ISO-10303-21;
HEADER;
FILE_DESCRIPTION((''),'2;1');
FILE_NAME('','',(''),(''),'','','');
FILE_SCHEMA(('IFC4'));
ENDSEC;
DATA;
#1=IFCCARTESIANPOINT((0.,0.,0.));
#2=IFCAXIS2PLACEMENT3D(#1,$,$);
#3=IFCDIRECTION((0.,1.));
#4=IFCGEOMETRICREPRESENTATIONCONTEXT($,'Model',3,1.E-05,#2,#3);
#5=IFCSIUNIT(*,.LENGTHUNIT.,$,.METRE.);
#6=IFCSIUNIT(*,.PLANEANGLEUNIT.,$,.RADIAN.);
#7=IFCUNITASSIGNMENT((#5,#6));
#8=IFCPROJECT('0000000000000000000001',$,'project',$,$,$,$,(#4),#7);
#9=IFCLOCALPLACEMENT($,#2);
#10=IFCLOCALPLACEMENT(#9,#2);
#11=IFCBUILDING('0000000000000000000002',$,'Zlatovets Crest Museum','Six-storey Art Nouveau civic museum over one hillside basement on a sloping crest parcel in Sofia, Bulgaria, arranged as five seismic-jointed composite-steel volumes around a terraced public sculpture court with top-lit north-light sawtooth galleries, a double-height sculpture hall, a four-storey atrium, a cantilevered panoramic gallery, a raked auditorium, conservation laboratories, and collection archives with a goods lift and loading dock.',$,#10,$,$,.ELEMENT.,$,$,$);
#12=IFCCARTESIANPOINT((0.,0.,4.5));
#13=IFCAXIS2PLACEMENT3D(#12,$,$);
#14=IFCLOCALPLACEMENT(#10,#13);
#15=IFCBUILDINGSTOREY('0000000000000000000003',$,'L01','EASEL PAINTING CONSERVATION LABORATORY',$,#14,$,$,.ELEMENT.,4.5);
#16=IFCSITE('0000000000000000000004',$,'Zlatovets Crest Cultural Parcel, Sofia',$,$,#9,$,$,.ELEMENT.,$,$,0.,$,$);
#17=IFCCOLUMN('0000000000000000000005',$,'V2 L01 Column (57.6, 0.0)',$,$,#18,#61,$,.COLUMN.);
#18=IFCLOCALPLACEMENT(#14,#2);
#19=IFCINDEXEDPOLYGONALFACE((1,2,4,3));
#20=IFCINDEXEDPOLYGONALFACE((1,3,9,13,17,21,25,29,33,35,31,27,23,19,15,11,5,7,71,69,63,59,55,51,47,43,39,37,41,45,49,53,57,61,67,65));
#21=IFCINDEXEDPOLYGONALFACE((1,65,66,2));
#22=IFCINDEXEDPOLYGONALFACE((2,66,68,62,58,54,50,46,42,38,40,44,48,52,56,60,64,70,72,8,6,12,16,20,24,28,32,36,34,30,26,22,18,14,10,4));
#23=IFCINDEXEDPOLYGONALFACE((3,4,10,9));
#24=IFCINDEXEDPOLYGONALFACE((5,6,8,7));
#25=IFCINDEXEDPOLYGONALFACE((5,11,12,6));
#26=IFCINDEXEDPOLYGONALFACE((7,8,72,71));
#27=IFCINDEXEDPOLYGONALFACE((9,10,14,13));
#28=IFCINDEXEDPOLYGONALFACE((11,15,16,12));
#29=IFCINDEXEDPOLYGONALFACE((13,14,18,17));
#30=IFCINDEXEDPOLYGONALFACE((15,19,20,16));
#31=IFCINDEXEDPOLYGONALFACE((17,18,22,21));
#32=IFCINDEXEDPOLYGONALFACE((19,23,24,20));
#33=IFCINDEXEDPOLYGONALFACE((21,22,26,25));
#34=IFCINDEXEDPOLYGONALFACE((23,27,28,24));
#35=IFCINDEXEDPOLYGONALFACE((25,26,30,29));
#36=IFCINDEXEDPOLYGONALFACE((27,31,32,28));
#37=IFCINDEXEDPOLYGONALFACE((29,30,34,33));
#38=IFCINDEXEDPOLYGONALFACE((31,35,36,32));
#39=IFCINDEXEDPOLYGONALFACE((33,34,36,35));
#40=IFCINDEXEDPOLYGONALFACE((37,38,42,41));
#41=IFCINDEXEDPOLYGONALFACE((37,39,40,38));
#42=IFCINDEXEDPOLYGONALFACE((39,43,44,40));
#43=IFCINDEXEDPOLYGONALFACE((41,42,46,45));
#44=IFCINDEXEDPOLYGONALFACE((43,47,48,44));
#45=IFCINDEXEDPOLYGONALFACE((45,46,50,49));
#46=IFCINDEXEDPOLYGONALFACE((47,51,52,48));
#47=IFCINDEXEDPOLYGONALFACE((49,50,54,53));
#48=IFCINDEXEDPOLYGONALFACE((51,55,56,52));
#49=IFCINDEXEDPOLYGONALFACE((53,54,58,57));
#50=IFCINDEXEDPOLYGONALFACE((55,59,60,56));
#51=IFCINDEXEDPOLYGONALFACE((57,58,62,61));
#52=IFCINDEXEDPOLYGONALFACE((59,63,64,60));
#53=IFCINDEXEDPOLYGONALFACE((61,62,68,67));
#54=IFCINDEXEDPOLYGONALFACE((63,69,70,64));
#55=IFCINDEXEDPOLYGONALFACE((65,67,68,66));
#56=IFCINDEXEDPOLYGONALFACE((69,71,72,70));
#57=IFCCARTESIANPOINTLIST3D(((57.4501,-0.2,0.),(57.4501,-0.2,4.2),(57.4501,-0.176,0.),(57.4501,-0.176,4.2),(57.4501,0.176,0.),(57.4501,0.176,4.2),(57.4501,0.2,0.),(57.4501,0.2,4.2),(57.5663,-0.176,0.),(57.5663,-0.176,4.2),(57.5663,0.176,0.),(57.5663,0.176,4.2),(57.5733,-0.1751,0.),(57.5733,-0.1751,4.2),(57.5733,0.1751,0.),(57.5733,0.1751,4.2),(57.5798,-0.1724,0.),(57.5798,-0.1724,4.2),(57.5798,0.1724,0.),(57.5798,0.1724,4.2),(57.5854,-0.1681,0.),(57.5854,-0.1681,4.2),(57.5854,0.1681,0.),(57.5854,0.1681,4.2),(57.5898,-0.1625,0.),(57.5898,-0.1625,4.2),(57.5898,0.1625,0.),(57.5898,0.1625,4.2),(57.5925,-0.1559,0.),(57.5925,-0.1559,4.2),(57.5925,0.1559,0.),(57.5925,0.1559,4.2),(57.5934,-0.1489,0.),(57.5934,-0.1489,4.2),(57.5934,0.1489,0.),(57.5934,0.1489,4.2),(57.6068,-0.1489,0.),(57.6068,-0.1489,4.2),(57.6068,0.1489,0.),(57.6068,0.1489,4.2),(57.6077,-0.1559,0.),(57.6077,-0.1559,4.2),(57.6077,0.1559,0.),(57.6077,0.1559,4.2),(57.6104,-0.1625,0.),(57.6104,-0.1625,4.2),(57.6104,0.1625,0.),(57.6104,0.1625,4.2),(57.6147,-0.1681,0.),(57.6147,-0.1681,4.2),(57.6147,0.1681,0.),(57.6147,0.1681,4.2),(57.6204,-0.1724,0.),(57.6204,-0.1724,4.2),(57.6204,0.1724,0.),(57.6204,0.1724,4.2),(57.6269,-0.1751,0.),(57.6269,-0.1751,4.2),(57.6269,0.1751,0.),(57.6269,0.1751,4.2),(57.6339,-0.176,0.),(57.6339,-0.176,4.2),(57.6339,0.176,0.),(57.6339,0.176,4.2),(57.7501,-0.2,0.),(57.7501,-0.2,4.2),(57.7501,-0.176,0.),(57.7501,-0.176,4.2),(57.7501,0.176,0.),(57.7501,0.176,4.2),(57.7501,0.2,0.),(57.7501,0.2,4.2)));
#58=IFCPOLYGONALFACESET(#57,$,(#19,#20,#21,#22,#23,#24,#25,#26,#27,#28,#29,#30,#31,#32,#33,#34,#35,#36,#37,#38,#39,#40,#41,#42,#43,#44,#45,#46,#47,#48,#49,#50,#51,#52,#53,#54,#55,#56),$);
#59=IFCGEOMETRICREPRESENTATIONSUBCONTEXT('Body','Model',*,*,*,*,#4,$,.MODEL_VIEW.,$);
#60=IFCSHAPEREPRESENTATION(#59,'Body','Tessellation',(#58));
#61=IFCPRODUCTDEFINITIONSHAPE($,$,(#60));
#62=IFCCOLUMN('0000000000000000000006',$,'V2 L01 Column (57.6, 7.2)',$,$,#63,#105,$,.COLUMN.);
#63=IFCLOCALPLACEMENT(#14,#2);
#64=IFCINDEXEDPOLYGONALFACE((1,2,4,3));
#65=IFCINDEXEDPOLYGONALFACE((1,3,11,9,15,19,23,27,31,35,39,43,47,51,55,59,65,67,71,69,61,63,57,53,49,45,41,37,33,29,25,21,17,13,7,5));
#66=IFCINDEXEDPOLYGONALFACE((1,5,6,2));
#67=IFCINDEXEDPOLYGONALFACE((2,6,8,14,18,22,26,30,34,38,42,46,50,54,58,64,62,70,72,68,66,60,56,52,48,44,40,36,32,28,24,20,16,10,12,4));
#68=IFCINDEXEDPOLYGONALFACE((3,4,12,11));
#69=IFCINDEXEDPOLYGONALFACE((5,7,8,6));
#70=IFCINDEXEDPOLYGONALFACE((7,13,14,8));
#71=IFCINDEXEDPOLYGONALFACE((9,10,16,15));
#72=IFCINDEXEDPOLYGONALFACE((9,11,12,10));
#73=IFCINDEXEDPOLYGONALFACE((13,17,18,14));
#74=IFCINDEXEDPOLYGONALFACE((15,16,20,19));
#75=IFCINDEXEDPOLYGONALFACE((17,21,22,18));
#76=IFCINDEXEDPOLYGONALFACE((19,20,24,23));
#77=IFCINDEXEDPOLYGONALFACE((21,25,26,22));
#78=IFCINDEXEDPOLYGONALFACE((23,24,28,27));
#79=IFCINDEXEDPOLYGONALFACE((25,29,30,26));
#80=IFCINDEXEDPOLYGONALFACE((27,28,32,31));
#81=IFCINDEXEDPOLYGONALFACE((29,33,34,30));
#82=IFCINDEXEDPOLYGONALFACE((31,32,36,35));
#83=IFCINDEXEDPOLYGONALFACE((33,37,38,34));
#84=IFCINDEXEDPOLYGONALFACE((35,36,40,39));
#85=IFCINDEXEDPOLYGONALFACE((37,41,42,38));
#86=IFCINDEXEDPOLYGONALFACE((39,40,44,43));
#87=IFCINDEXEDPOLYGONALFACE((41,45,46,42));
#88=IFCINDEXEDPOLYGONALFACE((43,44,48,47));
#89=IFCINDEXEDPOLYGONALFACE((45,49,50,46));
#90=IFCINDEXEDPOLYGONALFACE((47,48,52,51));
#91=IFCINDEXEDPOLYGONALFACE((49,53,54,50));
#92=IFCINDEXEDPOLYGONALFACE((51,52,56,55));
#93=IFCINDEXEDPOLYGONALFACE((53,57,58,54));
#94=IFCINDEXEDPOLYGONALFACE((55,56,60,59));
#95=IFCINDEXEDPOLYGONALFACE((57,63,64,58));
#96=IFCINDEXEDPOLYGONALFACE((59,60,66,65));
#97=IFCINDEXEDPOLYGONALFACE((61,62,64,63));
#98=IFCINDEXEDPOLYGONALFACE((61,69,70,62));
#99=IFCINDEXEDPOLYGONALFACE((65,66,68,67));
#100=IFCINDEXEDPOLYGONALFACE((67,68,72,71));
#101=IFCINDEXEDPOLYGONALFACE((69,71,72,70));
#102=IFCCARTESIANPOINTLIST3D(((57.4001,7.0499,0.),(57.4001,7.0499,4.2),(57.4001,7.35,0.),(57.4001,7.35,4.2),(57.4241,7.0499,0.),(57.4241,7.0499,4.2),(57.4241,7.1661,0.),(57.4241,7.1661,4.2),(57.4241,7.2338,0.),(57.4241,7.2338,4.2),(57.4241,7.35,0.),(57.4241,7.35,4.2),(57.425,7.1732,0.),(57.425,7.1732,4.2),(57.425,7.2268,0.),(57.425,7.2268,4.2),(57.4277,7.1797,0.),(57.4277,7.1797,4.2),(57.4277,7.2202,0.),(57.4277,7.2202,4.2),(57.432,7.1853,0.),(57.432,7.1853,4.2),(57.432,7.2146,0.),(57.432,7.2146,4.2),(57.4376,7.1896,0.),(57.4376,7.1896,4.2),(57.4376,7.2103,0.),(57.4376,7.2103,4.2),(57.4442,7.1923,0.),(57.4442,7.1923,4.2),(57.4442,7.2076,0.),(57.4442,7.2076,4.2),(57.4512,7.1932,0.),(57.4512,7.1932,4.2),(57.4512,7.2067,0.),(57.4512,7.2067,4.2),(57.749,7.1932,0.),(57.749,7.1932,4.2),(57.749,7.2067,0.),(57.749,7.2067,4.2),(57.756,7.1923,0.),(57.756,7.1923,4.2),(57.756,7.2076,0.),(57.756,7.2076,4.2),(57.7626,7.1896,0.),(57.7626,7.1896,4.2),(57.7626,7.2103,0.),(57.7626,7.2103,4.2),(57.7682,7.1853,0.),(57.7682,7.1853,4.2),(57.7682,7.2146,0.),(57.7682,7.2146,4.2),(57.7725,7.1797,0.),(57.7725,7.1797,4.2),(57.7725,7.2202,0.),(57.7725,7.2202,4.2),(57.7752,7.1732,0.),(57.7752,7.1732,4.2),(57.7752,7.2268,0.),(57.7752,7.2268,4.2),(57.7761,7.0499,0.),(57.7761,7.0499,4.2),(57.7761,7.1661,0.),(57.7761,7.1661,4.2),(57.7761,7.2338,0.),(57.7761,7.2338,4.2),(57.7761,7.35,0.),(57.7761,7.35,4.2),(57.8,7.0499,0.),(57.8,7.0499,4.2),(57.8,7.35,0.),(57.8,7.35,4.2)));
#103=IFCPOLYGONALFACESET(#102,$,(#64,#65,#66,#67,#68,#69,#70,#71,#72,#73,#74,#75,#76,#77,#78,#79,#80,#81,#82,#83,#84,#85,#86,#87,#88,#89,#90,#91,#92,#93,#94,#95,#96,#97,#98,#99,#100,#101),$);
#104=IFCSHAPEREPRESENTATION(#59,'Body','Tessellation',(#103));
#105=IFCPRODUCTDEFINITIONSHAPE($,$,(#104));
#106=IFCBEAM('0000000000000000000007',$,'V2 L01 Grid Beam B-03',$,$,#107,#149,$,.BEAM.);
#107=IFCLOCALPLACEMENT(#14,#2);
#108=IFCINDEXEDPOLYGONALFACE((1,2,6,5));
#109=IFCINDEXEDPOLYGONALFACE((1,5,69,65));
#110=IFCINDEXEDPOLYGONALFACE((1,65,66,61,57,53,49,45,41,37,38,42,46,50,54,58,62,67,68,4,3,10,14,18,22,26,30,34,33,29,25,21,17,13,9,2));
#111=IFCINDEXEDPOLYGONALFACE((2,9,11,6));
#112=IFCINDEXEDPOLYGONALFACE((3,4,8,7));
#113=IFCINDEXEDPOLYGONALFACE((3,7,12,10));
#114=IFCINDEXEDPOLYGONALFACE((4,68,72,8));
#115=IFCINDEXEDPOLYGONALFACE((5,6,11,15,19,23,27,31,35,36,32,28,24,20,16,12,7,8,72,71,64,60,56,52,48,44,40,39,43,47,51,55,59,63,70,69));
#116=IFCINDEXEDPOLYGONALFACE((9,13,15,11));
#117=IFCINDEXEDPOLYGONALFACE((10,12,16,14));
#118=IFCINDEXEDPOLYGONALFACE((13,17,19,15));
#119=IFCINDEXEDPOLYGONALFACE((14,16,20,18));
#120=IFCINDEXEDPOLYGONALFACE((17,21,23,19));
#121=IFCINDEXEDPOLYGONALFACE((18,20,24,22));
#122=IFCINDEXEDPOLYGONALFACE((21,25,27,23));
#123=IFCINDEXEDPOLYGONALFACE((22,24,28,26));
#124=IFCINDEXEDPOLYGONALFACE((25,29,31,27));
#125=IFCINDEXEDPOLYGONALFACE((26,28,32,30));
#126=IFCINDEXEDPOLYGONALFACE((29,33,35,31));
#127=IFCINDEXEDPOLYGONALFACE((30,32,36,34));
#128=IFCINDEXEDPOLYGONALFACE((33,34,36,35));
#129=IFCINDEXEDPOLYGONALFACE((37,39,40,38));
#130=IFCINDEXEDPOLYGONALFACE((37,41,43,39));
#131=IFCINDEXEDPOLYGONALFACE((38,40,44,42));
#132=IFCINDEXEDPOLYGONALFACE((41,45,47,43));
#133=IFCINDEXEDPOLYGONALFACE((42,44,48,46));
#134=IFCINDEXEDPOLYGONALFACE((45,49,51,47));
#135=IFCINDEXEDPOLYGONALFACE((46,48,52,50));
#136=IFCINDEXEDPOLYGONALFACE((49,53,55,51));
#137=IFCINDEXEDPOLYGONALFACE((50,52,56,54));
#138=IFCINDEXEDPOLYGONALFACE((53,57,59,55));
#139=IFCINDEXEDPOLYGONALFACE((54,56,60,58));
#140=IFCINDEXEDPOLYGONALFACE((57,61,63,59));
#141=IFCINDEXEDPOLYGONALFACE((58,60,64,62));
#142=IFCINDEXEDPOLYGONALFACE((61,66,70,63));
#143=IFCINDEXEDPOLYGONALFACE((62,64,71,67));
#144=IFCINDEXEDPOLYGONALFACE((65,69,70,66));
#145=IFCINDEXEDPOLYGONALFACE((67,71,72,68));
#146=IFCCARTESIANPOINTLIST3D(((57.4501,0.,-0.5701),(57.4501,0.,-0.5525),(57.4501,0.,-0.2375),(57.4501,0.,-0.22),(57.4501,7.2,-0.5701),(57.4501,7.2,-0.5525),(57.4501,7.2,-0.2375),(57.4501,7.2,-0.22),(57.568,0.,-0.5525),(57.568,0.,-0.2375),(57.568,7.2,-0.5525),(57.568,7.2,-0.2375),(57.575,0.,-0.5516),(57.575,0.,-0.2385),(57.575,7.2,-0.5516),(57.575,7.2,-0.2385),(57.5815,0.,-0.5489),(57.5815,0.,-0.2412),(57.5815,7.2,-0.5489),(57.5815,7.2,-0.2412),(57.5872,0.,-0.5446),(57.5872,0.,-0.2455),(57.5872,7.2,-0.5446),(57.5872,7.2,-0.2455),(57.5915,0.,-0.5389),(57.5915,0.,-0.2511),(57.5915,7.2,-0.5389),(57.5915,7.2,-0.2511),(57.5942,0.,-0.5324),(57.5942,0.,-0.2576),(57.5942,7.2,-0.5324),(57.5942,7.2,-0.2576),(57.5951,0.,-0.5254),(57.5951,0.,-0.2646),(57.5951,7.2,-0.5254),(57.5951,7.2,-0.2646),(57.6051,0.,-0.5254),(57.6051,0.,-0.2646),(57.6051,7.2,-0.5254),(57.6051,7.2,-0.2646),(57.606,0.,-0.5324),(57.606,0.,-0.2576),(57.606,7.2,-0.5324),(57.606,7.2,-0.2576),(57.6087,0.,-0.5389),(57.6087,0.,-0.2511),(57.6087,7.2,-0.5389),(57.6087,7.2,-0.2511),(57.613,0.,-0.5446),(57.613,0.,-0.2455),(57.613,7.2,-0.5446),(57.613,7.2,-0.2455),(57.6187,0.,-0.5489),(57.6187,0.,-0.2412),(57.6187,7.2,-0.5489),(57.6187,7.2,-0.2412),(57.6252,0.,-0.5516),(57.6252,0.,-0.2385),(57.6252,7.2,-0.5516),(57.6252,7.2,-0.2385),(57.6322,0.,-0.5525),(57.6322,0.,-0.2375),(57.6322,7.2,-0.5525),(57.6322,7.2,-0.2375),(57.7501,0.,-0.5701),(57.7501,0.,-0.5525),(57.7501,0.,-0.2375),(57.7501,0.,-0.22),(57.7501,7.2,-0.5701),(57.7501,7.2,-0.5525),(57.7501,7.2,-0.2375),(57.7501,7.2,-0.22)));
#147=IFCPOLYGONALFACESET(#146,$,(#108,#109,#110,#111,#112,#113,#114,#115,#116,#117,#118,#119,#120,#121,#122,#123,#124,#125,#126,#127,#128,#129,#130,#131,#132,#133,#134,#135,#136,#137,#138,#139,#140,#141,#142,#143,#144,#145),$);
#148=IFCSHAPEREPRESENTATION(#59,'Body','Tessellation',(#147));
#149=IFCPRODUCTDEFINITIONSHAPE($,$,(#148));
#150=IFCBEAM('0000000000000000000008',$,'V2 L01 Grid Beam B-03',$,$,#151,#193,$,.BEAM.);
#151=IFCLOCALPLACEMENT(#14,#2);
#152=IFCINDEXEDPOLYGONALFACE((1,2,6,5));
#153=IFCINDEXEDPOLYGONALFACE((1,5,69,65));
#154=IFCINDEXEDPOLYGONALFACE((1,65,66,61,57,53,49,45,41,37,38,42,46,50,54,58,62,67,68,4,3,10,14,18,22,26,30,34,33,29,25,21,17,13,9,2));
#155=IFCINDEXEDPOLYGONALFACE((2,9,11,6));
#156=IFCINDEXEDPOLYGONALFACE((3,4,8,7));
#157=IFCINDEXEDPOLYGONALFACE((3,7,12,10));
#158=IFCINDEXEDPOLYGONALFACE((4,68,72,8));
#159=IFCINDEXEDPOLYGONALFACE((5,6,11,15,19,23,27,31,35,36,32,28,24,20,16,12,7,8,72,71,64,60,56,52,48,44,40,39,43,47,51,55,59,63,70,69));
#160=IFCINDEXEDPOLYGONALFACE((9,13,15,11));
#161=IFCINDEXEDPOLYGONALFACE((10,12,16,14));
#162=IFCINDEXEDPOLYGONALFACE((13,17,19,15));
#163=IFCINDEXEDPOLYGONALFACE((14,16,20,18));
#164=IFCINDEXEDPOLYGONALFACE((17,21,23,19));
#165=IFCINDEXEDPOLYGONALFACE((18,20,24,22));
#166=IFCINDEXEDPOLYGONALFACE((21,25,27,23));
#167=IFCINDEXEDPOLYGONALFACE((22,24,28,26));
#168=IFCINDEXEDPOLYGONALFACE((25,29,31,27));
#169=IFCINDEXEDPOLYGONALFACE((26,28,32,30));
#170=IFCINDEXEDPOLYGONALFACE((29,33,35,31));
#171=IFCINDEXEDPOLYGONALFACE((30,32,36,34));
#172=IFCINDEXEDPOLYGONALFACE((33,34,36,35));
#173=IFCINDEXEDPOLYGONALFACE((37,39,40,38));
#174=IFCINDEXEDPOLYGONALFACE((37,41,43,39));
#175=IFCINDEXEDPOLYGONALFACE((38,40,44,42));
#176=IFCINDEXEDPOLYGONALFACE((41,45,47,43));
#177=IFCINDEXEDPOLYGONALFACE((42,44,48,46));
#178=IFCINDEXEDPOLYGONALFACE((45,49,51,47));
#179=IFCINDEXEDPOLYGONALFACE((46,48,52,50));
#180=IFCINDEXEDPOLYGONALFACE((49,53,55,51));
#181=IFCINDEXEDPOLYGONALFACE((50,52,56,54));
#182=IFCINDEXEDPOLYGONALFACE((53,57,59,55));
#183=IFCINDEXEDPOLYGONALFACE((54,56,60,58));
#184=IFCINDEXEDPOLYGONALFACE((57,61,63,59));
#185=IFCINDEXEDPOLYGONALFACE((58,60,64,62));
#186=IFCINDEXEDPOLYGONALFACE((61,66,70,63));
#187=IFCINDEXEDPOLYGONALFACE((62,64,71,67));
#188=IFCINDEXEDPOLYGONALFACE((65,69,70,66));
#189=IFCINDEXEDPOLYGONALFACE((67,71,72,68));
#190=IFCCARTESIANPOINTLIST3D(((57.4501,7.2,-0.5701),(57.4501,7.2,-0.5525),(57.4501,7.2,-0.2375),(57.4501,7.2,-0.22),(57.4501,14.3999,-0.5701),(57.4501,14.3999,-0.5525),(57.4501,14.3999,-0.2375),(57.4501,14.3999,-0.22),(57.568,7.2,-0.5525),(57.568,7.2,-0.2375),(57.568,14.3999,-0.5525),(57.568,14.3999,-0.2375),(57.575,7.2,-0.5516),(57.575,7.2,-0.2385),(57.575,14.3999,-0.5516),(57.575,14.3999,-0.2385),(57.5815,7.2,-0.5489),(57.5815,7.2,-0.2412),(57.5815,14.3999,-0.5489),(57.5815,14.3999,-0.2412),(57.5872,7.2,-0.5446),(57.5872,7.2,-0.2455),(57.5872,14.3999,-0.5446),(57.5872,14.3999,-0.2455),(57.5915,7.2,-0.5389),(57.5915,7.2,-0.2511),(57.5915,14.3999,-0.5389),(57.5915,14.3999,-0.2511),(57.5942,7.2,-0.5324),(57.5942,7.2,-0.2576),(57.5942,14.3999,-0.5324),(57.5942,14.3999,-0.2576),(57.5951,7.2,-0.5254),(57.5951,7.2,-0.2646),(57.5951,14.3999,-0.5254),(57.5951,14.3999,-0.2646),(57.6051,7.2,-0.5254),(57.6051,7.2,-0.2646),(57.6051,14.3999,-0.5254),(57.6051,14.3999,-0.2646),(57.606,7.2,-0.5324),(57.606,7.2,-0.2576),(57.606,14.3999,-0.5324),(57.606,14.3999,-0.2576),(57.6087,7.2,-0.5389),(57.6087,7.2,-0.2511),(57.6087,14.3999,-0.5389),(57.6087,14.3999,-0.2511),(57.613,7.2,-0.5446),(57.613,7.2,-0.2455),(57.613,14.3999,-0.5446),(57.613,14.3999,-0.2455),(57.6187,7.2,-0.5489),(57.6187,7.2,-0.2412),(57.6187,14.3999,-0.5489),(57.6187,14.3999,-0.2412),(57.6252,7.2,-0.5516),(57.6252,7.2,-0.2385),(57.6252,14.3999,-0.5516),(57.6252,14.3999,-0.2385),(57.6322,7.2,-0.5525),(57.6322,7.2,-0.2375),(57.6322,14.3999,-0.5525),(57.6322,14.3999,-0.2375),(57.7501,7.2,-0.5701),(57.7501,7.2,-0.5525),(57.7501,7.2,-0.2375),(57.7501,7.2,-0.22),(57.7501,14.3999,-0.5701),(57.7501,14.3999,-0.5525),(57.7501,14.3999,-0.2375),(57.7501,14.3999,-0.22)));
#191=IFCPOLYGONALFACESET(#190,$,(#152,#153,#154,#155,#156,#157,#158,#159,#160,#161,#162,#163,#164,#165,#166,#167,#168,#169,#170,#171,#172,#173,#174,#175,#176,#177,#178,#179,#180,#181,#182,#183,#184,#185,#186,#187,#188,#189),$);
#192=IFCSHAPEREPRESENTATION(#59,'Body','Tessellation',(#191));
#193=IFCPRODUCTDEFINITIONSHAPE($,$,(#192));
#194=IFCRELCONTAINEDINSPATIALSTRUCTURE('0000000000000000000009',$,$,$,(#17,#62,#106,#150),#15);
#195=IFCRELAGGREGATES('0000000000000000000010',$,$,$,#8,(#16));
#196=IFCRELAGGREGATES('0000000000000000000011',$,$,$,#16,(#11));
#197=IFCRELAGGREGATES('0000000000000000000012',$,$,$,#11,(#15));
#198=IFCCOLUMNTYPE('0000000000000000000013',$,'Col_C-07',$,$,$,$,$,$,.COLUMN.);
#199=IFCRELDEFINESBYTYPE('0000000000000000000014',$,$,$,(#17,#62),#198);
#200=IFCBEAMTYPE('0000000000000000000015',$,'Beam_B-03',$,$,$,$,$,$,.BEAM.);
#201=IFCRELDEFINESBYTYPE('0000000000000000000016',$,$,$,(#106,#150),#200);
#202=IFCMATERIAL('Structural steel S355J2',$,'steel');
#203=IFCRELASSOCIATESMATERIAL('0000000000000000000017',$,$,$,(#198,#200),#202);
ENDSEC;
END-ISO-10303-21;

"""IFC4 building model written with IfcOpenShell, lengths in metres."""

from ifc_helpers import new_model, si_unit, direction, frame, origin, origin_2d, place, context, subcontext, project, spatial, i_section, extrude, material, material_profile, profile_set, type_object, element, save


model = new_model("IFC4")

# Units and contexts
model_context = context("Model", 3, precision=1e-05, world=origin(), true_north=direction((0.0, 1.0)))
body_context = subcontext(model_context, "Body", "Model", "MODEL_VIEW")
ifc_project = project(units=[si_unit("LENGTHUNIT", "METRE"), si_unit("PLANEANGLEUNIT", "RADIAN")], contexts=[model_context])

# Site, building, storey
site_placement = place(None, origin())
site = spatial("IfcSite", under=ifc_project, at=site_placement, Name="Zlatovets Crest Cultural Parcel, Sofia", CompositionType="ELEMENT", RefElevation=0.0)
building_placement = place(site_placement, origin())
building = spatial("IfcBuilding", under=site, at=building_placement, Name="Zlatovets Crest Museum", Description="Six-storey Art Nouveau civic museum over one hillside basement on a sloping crest parcel in Sofia, Bulgaria, arranged as five seismic-jointed composite-steel volumes around a terraced public sculpture court with top-lit north-light sawtooth galleries, a double-height sculpture hall, a four-storey atrium, a cantilevered panoramic gallery, a raked auditorium, conservation laboratories, and collection archives with a goods lift and loading dock.", CompositionType="ELEMENT")
storey_placement = place(building_placement, frame((0.0, 0.0, 4.5)))
storey = spatial("IfcBuildingStorey", under=building, at=storey_placement, Name="L01", Description="EASEL PAINTING CONSERVATION LABORATORY", CompositionType="ELEMENT", Elevation=4.5)

# Columns
ifc_material_1 = material(Name="Structural steel S355J2", Category="steel")
ifc_material_profile_1 = material_profile(ifc_material_1, i_section(OverallWidth=0.3, OverallDepth=0.3999, WebThickness=0.0134, FlangeThickness=0.0239, FilletRadius=0.0271, at=origin_2d()), Name="HEB 400")
ifc_profile_set_1 = profile_set([ifc_material_profile_1], Name="Structural steel S355J2")
column_type = type_object("IfcColumnType", Name="Col_C-07", PredefinedType="COLUMN", material=ifc_profile_set_1)
for number, where, z_axis, x_axis, name in (
    (1, (57.6001, 0.0, 0.0), (0.0, 0.0, 1.0), (1.0, 0.0, 0.0), "V2 L01 Column (57.6, 0.0)"),
    (2, (57.6001, 7.2, 0.0), (0.0, 0.0, 1.0), (0.0, 1.0, 0.0), "V2 L01 Column (57.6, 7.2)"),
):
    element("IfcColumn", number, at=place(storey_placement, frame(where, z_axis=z_axis, x_axis=x_axis)), inside=storey, type_object=column_type, Name=name, PredefinedType="COLUMN", context=body_context, shape_type="SweptSolid", body=[
        extrude(i_section(OverallWidth=0.3, OverallDepth=0.3999, WebThickness=0.0134, FlangeThickness=0.0239, FilletRadius=0.0271, at=origin_2d()), origin(), (0.0, 0.0, 1.0), 4.2),
    ])

# Beams
ifc_material_profile_2 = material_profile(ifc_material_1, i_section(OverallWidth=0.3, OverallDepth=0.3501, WebThickness=0.01, FlangeThickness=0.0176, FilletRadius=0.0271, at=origin_2d()), Name="HEA 360")
ifc_profile_set_2 = profile_set([ifc_material_profile_2], Name="Structural steel S355J2")
beam_type_1 = type_object("IfcBeamType", Name="Beam_B-03", PredefinedType="BEAM", material=ifc_profile_set_2)
for number, where, z_axis, x_axis, name in (
    (3, (57.6001, 0.0, -0.395), (0.0, 1.0, 0.0), (-1.0, 0.0, 0.0), "V2 L01 Grid Beam B-03"),
    (4, (57.6001, 7.2, -0.395), (0.0, 1.0, 0.0), (-1.0, 0.0, 0.0), "V2 L01 Grid Beam B-03"),
):
    element("IfcBeam", number, at=place(storey_placement, frame(where, z_axis=z_axis, x_axis=x_axis)), inside=storey, type_object=beam_type_1, Name=name, PredefinedType="BEAM", context=body_context, shape_type="SweptSolid", body=[
        extrude(i_section(OverallWidth=0.3, OverallDepth=0.3501, WebThickness=0.01, FlangeThickness=0.0176, FilletRadius=0.0271, at=origin_2d()), origin(), (0.0, 0.0, 1.0), 7.2),
    ])

save(model, "model.ifc")
